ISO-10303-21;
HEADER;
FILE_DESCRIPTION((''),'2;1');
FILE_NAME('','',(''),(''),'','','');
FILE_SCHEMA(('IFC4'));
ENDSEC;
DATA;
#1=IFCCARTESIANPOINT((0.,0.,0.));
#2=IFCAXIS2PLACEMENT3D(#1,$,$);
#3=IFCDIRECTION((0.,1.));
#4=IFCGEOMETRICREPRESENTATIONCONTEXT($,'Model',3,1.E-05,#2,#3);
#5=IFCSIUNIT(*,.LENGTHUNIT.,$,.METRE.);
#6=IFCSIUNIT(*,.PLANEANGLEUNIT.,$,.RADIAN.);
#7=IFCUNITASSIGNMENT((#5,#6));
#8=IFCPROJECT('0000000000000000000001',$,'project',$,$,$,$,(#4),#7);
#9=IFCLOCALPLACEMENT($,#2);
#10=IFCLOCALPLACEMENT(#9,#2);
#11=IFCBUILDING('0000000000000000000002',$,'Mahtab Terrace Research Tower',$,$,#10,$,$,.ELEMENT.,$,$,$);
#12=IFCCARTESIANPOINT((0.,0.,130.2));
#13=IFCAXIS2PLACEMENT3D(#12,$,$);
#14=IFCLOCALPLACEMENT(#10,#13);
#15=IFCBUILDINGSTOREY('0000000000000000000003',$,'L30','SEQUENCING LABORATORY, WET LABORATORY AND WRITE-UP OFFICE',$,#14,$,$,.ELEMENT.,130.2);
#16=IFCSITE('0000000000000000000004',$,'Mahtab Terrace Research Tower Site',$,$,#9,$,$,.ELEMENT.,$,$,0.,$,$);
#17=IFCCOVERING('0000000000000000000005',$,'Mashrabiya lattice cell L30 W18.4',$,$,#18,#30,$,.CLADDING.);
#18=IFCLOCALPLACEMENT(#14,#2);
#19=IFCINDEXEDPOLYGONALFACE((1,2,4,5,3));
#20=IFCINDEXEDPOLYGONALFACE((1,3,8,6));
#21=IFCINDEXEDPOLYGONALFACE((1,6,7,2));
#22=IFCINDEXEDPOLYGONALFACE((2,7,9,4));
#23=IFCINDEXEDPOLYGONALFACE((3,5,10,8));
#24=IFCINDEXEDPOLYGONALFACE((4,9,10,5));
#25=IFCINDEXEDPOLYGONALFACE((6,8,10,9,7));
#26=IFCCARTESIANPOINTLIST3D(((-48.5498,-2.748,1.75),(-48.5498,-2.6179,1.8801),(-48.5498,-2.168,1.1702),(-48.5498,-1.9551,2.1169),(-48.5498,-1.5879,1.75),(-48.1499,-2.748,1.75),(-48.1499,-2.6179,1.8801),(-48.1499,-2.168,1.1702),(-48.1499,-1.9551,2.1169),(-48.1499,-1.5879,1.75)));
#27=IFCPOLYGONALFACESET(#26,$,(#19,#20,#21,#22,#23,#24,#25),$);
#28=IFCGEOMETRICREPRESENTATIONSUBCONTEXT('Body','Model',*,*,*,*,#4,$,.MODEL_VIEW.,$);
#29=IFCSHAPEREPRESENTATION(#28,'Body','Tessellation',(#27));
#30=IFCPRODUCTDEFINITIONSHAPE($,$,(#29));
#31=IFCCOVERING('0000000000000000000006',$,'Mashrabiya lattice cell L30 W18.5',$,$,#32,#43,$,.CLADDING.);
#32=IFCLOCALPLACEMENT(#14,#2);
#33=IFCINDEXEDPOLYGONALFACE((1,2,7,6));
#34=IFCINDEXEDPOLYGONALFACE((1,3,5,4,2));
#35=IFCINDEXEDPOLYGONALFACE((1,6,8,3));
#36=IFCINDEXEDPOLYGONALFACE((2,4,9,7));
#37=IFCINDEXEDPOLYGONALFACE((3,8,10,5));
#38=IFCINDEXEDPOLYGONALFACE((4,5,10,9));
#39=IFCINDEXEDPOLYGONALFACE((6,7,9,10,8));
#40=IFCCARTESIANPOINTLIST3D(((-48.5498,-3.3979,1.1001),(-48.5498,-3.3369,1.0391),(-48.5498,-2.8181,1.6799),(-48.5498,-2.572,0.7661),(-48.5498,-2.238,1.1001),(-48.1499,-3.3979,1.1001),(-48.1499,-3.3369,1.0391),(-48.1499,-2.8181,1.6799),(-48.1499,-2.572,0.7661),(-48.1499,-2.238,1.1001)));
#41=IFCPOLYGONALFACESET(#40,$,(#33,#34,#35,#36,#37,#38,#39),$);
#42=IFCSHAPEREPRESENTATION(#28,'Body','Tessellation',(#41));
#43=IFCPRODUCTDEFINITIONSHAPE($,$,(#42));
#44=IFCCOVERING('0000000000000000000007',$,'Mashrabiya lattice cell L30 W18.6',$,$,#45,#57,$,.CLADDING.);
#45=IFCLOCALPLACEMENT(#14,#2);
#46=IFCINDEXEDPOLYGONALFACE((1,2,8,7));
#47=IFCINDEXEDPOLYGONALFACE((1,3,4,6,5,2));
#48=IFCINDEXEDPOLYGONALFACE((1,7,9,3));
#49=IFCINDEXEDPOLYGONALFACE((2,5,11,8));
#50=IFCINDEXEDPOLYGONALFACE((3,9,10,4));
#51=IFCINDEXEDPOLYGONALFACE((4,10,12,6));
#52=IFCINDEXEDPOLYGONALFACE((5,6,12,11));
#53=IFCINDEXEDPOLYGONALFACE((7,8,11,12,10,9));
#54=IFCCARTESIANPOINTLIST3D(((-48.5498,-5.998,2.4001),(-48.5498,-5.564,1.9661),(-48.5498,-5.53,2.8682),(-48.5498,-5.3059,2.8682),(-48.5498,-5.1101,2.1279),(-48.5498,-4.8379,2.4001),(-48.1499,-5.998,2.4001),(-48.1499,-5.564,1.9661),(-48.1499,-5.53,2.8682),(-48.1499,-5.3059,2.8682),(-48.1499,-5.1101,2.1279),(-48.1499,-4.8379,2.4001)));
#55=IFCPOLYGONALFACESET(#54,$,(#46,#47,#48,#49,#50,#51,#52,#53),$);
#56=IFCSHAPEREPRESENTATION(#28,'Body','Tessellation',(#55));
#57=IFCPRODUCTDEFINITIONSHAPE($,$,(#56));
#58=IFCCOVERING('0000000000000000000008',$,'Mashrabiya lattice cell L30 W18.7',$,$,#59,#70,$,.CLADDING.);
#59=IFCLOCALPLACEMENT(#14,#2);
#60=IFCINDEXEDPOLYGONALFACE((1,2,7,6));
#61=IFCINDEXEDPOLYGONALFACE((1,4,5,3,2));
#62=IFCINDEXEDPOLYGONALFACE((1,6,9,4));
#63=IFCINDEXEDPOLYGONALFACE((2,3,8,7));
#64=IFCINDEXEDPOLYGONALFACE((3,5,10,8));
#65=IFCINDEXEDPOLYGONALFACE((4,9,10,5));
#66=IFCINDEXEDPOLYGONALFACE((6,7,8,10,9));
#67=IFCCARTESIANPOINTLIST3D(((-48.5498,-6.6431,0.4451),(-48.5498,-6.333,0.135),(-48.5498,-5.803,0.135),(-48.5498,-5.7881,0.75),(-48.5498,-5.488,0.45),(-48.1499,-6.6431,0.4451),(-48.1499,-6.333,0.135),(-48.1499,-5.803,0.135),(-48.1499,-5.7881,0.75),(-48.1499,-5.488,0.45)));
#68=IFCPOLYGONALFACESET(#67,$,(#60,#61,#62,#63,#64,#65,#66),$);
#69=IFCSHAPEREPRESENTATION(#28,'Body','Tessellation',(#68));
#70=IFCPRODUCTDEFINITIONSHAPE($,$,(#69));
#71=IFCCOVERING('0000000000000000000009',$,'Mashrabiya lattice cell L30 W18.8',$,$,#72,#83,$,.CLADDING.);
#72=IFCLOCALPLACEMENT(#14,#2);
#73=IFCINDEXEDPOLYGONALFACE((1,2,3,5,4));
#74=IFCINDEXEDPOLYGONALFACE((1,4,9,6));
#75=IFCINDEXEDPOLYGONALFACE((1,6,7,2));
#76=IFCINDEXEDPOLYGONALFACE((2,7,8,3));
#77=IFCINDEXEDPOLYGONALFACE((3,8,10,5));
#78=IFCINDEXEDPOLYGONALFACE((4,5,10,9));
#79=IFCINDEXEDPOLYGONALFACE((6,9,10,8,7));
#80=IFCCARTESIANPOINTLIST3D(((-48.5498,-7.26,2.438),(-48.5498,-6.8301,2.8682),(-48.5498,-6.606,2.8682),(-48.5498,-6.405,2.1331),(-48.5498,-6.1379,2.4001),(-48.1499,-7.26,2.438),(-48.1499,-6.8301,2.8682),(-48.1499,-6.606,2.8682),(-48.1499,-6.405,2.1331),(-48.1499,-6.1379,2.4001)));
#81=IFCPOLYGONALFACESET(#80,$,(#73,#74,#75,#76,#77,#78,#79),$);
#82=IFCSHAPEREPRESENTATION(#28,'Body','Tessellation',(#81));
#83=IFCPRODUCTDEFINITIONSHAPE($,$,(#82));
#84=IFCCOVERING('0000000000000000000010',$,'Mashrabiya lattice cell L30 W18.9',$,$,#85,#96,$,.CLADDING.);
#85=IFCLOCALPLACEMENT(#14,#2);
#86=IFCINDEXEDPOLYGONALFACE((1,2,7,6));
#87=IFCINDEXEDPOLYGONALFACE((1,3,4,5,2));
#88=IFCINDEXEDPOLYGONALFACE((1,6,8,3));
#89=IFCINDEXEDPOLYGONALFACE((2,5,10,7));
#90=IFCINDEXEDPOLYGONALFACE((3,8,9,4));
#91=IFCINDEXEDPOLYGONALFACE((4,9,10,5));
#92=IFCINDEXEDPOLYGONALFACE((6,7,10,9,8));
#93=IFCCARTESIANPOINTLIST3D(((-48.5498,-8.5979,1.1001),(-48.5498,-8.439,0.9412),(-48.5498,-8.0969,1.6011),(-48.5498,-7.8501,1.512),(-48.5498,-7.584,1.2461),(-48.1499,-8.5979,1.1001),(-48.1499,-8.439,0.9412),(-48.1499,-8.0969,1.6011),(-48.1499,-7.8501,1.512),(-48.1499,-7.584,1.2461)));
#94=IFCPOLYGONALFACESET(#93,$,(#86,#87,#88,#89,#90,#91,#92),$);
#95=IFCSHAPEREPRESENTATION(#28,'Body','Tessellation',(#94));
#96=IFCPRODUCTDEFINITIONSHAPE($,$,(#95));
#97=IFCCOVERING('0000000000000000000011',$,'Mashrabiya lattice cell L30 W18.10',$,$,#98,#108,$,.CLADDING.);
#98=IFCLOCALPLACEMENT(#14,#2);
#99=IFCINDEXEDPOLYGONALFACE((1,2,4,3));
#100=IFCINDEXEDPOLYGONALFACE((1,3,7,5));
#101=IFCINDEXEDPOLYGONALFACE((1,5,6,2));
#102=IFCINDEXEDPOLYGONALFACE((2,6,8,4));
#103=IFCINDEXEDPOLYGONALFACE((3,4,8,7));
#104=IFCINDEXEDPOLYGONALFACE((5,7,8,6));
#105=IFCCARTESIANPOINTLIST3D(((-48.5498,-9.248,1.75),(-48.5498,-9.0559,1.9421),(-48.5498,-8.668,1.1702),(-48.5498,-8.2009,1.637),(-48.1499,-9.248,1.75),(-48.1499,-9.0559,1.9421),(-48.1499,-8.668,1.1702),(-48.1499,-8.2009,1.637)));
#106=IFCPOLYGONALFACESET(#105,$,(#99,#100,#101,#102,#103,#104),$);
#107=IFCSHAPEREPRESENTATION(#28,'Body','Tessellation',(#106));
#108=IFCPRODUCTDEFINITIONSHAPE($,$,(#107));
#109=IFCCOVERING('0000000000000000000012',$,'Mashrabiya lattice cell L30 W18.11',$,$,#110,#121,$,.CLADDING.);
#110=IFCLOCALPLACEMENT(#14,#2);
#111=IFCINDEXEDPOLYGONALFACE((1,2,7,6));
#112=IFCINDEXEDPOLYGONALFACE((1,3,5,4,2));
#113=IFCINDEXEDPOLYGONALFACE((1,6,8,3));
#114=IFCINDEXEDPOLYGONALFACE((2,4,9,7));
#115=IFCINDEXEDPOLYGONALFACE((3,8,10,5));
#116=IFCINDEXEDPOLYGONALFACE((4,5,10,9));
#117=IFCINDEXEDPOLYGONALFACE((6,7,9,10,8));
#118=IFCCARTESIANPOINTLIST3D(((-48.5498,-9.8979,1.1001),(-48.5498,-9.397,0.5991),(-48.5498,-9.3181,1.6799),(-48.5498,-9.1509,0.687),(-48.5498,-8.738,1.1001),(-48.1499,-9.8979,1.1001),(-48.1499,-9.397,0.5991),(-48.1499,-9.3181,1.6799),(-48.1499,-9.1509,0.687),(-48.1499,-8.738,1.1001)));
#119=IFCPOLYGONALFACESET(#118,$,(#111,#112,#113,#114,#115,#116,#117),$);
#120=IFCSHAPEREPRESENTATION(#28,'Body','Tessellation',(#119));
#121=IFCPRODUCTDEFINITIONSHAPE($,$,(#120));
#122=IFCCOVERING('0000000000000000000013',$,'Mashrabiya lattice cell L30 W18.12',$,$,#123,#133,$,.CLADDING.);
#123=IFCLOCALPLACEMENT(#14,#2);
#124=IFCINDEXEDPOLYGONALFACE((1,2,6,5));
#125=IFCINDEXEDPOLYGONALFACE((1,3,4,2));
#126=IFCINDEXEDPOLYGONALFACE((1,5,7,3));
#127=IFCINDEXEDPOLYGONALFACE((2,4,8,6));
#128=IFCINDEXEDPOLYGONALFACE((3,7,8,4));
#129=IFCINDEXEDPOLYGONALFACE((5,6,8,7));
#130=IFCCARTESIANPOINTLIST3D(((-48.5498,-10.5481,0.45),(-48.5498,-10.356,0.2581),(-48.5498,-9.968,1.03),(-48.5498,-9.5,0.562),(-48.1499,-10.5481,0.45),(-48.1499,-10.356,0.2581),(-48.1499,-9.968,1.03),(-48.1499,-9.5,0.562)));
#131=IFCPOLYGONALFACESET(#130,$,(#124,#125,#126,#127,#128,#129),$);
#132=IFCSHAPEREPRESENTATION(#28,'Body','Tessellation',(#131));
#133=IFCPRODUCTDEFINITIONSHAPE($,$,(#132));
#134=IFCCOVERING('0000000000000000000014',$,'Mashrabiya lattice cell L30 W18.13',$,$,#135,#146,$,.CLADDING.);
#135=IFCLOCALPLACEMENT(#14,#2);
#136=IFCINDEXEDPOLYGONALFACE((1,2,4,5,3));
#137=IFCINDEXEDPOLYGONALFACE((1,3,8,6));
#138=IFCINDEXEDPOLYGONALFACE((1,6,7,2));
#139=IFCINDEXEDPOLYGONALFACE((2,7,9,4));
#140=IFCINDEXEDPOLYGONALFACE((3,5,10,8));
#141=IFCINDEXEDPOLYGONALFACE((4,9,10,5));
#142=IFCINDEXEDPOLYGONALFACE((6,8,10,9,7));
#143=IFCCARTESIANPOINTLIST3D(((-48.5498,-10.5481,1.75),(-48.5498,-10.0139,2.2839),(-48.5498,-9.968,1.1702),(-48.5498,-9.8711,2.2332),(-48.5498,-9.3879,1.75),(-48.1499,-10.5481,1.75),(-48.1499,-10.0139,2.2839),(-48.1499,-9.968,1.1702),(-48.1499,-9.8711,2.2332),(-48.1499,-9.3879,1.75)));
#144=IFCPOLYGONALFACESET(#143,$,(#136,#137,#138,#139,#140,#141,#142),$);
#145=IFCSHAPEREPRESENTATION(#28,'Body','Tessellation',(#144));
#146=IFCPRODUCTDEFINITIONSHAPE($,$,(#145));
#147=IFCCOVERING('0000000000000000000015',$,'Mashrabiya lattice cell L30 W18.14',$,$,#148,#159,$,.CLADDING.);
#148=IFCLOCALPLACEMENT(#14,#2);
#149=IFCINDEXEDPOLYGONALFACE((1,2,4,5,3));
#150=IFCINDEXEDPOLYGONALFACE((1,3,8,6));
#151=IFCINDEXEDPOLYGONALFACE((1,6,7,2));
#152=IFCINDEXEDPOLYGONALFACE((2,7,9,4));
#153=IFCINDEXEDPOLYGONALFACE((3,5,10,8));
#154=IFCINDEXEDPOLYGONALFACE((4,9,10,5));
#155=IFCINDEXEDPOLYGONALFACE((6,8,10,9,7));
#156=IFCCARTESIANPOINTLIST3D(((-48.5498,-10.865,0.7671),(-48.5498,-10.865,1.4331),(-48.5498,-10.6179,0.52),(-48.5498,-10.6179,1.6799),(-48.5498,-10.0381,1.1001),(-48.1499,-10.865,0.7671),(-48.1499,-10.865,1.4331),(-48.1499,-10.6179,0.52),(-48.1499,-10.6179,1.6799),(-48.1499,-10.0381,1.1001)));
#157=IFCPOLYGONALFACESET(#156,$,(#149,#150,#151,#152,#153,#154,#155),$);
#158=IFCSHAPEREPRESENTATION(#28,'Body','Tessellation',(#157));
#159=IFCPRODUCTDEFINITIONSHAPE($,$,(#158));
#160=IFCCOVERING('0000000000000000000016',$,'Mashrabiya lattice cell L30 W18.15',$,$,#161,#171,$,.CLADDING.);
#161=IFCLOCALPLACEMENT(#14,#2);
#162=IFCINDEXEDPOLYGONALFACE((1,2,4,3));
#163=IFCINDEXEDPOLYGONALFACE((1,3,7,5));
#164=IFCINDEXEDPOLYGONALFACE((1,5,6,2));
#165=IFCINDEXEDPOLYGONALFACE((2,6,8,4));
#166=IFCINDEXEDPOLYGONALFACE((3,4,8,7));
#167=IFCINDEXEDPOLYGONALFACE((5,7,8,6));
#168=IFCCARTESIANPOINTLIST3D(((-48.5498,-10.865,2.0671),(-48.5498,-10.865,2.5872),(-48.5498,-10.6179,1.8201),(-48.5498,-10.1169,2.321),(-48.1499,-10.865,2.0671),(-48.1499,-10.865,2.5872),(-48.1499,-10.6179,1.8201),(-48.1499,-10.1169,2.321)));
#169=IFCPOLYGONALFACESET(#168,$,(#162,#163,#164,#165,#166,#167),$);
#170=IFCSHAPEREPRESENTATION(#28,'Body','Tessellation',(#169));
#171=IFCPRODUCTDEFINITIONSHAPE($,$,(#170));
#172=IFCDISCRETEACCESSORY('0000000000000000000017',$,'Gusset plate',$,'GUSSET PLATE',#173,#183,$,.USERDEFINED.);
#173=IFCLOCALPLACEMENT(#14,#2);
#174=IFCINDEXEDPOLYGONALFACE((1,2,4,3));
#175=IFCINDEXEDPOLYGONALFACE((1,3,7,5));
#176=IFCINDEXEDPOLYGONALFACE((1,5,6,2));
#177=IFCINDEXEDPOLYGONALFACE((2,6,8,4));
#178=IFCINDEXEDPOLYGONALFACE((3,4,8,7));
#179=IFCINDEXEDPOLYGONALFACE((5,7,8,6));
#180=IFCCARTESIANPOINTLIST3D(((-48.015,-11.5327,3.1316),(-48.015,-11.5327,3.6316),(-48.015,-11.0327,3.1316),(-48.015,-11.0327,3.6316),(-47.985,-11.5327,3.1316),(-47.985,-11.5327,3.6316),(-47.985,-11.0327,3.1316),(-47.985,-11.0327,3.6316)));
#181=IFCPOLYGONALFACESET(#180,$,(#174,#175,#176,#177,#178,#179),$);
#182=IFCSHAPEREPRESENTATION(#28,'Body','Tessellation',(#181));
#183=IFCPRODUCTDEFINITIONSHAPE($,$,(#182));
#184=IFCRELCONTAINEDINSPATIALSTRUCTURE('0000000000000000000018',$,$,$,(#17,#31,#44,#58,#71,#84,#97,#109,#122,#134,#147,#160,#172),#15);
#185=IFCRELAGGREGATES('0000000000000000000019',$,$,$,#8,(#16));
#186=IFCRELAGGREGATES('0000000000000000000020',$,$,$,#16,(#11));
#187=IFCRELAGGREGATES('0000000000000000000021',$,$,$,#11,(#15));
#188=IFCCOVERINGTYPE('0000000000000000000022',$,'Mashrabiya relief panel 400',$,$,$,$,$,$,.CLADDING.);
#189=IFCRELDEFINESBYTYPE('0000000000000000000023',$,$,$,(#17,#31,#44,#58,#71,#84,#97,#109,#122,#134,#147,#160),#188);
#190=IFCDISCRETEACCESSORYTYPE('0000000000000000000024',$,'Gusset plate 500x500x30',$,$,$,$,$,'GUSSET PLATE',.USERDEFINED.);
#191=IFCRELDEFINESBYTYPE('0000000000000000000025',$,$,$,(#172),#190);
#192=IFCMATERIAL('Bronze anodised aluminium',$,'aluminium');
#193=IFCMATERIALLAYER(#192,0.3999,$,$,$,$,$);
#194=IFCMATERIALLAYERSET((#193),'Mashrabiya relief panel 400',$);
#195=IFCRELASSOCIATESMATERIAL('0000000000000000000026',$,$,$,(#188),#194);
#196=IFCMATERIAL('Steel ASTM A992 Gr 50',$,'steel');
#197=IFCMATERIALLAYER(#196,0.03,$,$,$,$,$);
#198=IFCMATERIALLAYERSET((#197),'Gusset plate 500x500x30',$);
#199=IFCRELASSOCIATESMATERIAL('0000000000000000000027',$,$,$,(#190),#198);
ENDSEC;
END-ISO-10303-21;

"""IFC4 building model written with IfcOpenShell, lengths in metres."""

from ifc_helpers import new_model, si_unit, direction, frame, origin, origin_2d, place, context, subcontext, project, spatial, polyline, rectangle, outline, extrude, material, layer, layer_set, type_object, element, save


model = new_model("IFC4")

# Units and contexts
model_context = context("Model", 3, precision=1e-05, world=origin(), true_north=direction((0.0, 1.0)))
body_context = subcontext(model_context, "Body", "Model", "MODEL_VIEW")
ifc_project = project(units=[si_unit("LENGTHUNIT", "METRE"), si_unit("PLANEANGLEUNIT", "RADIAN")], contexts=[model_context])

# Site, building, storey
site_placement = place(None, origin())
site = spatial("IfcSite", under=ifc_project, at=site_placement, Name="Mahtab Terrace Research Tower Site", CompositionType="ELEMENT", RefElevation=0.0)
building_placement = place(site_placement, origin())
building = spatial("IfcBuilding", under=site, at=building_placement, Name="Mahtab Terrace Research Tower", CompositionType="ELEMENT")
storey_placement = place(building_placement, frame((0.0, 0.0, 130.2)))
storey = spatial("IfcBuildingStorey", under=building, at=storey_placement, Name="L30", Description="SEQUENCING LABORATORY, WET LABORATORY AND WRITE-UP OFFICE", CompositionType="ELEMENT", Elevation=130.2)

# Shared definitions
ifc_material_1 = material(Name="Steel ASTM A992 Gr 50", Category="steel")

# Coverings
ifc_material_2 = material(Name="Bronze anodised aluminium", Category="aluminium")
ifc_layer_1 = layer(ifc_material_2, 0.3999)
ifc_layer_set_1 = layer_set([ifc_layer_1], Name="Mashrabiya relief panel 400")
covering_type = type_object("IfcCoveringType", Name="Mashrabiya relief panel 400", PredefinedType="CLADDING", material=ifc_layer_set_1)
covering_1_placement = place(storey_placement, frame((-48.1499, -2.748, 1.75), z_axis=(1.0, 0.0, 0.0), x_axis=(0.0, 0.707256, -0.706958)))
element("IfcCovering", 1, at=covering_1_placement, inside=storey, type_object=covering_type, Name="Mashrabiya lattice cell L30 W18.4", PredefinedType="CLADDING", context=body_context, shape_type="SweptSolid", body=[
    extrude(outline(polyline([(0.0, 0.0), (0.8202, 0.0), (0.8205, 0.8202), (0.3014, 0.8201), (0.0, 0.184), (0.0, 0.0)])), origin(), (0.0, 0.0, -1.0), 0.3999),
])
covering_2_placement = place(storey_placement, frame((-48.1499, -2.238, 1.1001), z_axis=(1.0, 0.0, 0.0), x_axis=(0.0, -0.707256, 0.706958)))
element("IfcCovering", 2, at=covering_2_placement, inside=storey, type_object=covering_type, Name="Mashrabiya lattice cell L30 W18.5", PredefinedType="CLADDING", context=body_context, shape_type="SweptSolid", body=[
    extrude(outline(polyline([(0.0, 0.0), (0.8202, 0.0), (0.8204, 0.82), (0.734, 0.82), (0.0001, 0.4723), (0.0, 0.0)])), origin(), (0.0, 0.0, -1.0), 0.3999),
])
covering_3_placement = place(storey_placement, frame((-48.1499, -4.8379, 2.4001), z_axis=(1.0, 0.0, 0.0), x_axis=(0.0, -0.707107, 0.707107)))
element("IfcCovering", 3, at=covering_3_placement, inside=storey, type_object=covering_type, Name="Mashrabiya lattice cell L30 W18.6", PredefinedType="CLADDING", context=body_context, shape_type="SweptSolid", body=[
    extrude(outline(polyline([(0.0, 0.0), (0.6619, 0.0), (0.8204, 0.1585), (0.8204, 0.8204), (0.2065, 0.8204), (0.0, 0.385), (0.0, 0.0)])), origin(), (0.0, 0.0, -1.0), 0.3999),
])
covering_4_placement = place(storey_placement, frame((-48.1499, -5.488, 0.45), z_axis=(1.0, 0.0, 0.0), x_axis=(0.0, -0.707107, 0.707107)))
element("IfcCovering", 4, at=covering_4_placement, inside=storey, type_object=covering_type, Name="Mashrabiya lattice cell L30 W18.7", PredefinedType="CLADDING", context=body_context, shape_type="SweptSolid", body=[
    extrude(outline(polyline([(0.0, 0.0), (0.4243, 0.0), (0.8133, 0.8202), (0.3748, 0.8202), (0.0, 0.4454), (0.0, 0.0)])), origin(), (0.0, 0.0, -1.0), 0.3999),
])
covering_5_placement = place(storey_placement, frame((-48.1499, -6.1379, 2.4001), z_axis=(1.0, 0.0, 0.0), x_axis=(0.0, -0.707107, 0.707107)))
element("IfcCovering", 5, at=covering_5_placement, inside=storey, type_object=covering_type, Name="Mashrabiya lattice cell L30 W18.8", PredefinedType="CLADDING", context=body_context, shape_type="SweptSolid", body=[
    extrude(outline(polyline([(0.0, 0.0), (0.6619, 0.0), (0.8204, 0.1585), (0.8202, 0.7667), (0.0, 0.3777), (0.0, 0.0)])), origin(), (0.0, 0.0, -1.0), 0.3999),
])
covering_6_placement = place(storey_placement, frame((-48.1499, -8.5979, 1.1001), z_axis=(1.0, 0.0, 0.0), x_axis=(0.0, 0.707107, -0.707107)))
element("IfcCovering", 6, at=covering_6_placement, inside=storey, type_object=covering_type, Name="Mashrabiya lattice cell L30 W18.9", PredefinedType="CLADDING", context=body_context, shape_type="SweptSolid", body=[
    extrude(outline(polyline([(0.0, 0.0), (0.2248, 0.0), (0.6137, 0.8202), (0.2375, 0.82), (0.0, 0.7085), (0.0, 0.0)])), origin(), (0.0, 0.0, -1.0), 0.3999),
])
covering_7_placement = place(storey_placement, frame((-48.1499, -9.248, 1.75), z_axis=(1.0, 0.0, 0.0), x_axis=(0.0, 0.707256, -0.706958)))
element("IfcCovering", 7, at=covering_7_placement, inside=storey, type_object=covering_type, Name="Mashrabiya lattice cell L30 W18.10", PredefinedType="CLADDING", context=body_context, shape_type="SweptSolid", body=[
    extrude(outline(polyline([(0.0, 0.0), (0.8202, 0.0), (0.8205, 0.6603), (0.0001, 0.2717), (0.0, 0.0)])), origin(), (0.0, 0.0, -1.0), 0.3999),
])
covering_8_placement = place(storey_placement, frame((-48.1499, -8.738, 1.1001), z_axis=(1.0, 0.0, 0.0), x_axis=(0.0, -0.707256, 0.706958)))
element("IfcCovering", 8, at=covering_8_placement, inside=storey, type_object=covering_type, Name="Mashrabiya lattice cell L30 W18.11", PredefinedType="CLADDING", context=body_context, shape_type="SweptSolid", body=[
    extrude(outline(polyline([(0.0, 0.0), (0.8202, 0.0), (0.8204, 0.82), (0.1119, 0.8202), (0.0, 0.584), (0.0, 0.0)])), origin(), (0.0, 0.0, -1.0), 0.3999),
])
covering_9_placement = place(storey_placement, frame((-48.1499, -9.968, 1.03), z_axis=(1.0, 0.0, 0.0), x_axis=(0.0, -0.707107, -0.707107)))
element("IfcCovering", 9, at=covering_9_placement, inside=storey, type_object=covering_type, Name="Mashrabiya lattice cell L30 W18.12", PredefinedType="CLADDING", context=body_context, shape_type="SweptSolid", body=[
    extrude(outline(polyline([(0.0, 0.0), (0.8204, 0.0), (0.8202, 0.2716), (0.0, 0.6619), (0.0, 0.0)])), origin(), (0.0, 0.0, -1.0), 0.3999),
])
covering_10_placement = place(storey_placement, frame((-48.1499, -10.5481, 1.75), z_axis=(1.0, 0.0, 0.0), x_axis=(0.0, 0.707256, -0.706958)))
element("IfcCovering", 10, at=covering_10_placement, inside=storey, type_object=covering_type, Name="Mashrabiya lattice cell L30 W18.13", PredefinedType="CLADDING", context=body_context, shape_type="SweptSolid", body=[
    extrude(outline(polyline([(0.0, 0.0), (0.8202, 0.0), (0.8205, 0.8202), (0.1372, 0.8203), (0.0003, 0.7553), (0.0, 0.0)])), origin(), (0.0, 0.0, -1.0), 0.3999),
])
covering_11_placement = place(storey_placement, frame((-48.1499, -10.6179, 0.52), z_axis=(1.0, 0.0, 0.0), x_axis=(0.0, 0.706958, 0.707256)))
element("IfcCovering", 11, at=covering_11_placement, inside=storey, type_object=covering_type, Name="Mashrabiya lattice cell L30 W18.14", PredefinedType="CLADDING", context=body_context, shape_type="SweptSolid", body=[
    extrude(outline(polyline([(0.0, 0.0), (0.8202, 0.0), (0.8204, 0.82), (0.4711, 0.8203), (0.0001, 0.3494), (0.0, 0.0)])), origin(), (0.0, 0.0, -1.0), 0.3999),
])
covering_12_placement = place(storey_placement, frame((-48.1499, -10.6179, 1.8201), z_axis=(1.0, 0.0, 0.0), x_axis=(0.0, 0.707107, 0.707107)))
element("IfcCovering", 12, at=covering_12_placement, inside=storey, type_object=covering_type, Name="Mashrabiya lattice cell L30 W18.15", PredefinedType="CLADDING", context=body_context, shape_type="SweptSolid", body=[
    extrude(outline(polyline([(0.0, 0.0), (0.7085, 0.0), (0.3677, 0.7171), (0.0, 0.3494), (0.0, 0.0)])), origin(), (0.0, 0.0, -1.0), 0.3999),
])

# Discrete accessory
ifc_layer_2 = layer(ifc_material_1, 0.03)
ifc_layer_set_2 = layer_set([ifc_layer_2], Name="Gusset plate 500x500x30")
discrete_accessory_type = type_object("IfcDiscreteAccessoryType", Name="Gusset plate 500x500x30", ElementType="GUSSET PLATE", PredefinedType="USERDEFINED", material=ifc_layer_set_2)
for number, where, z_axis, x_axis, name in (
    (13, (-48.0, -11.2827, 3.1316), (0.0, 0.0, 1.0), (0.0, 1.0, 0.0), "Gusset plate"),
):
    element("IfcDiscreteAccessory", number, at=place(storey_placement, frame(where, z_axis=z_axis, x_axis=x_axis)), inside=storey, type_object=discrete_accessory_type, Name=name, ObjectType="GUSSET PLATE", PredefinedType="USERDEFINED", context=body_context, shape_type="SweptSolid", body=[
        extrude(rectangle(XDim=0.5, YDim=0.03, at=origin_2d()), origin(), (0.0, 0.0, 1.0), 0.5),
    ])

save(model, "model.ifc")
